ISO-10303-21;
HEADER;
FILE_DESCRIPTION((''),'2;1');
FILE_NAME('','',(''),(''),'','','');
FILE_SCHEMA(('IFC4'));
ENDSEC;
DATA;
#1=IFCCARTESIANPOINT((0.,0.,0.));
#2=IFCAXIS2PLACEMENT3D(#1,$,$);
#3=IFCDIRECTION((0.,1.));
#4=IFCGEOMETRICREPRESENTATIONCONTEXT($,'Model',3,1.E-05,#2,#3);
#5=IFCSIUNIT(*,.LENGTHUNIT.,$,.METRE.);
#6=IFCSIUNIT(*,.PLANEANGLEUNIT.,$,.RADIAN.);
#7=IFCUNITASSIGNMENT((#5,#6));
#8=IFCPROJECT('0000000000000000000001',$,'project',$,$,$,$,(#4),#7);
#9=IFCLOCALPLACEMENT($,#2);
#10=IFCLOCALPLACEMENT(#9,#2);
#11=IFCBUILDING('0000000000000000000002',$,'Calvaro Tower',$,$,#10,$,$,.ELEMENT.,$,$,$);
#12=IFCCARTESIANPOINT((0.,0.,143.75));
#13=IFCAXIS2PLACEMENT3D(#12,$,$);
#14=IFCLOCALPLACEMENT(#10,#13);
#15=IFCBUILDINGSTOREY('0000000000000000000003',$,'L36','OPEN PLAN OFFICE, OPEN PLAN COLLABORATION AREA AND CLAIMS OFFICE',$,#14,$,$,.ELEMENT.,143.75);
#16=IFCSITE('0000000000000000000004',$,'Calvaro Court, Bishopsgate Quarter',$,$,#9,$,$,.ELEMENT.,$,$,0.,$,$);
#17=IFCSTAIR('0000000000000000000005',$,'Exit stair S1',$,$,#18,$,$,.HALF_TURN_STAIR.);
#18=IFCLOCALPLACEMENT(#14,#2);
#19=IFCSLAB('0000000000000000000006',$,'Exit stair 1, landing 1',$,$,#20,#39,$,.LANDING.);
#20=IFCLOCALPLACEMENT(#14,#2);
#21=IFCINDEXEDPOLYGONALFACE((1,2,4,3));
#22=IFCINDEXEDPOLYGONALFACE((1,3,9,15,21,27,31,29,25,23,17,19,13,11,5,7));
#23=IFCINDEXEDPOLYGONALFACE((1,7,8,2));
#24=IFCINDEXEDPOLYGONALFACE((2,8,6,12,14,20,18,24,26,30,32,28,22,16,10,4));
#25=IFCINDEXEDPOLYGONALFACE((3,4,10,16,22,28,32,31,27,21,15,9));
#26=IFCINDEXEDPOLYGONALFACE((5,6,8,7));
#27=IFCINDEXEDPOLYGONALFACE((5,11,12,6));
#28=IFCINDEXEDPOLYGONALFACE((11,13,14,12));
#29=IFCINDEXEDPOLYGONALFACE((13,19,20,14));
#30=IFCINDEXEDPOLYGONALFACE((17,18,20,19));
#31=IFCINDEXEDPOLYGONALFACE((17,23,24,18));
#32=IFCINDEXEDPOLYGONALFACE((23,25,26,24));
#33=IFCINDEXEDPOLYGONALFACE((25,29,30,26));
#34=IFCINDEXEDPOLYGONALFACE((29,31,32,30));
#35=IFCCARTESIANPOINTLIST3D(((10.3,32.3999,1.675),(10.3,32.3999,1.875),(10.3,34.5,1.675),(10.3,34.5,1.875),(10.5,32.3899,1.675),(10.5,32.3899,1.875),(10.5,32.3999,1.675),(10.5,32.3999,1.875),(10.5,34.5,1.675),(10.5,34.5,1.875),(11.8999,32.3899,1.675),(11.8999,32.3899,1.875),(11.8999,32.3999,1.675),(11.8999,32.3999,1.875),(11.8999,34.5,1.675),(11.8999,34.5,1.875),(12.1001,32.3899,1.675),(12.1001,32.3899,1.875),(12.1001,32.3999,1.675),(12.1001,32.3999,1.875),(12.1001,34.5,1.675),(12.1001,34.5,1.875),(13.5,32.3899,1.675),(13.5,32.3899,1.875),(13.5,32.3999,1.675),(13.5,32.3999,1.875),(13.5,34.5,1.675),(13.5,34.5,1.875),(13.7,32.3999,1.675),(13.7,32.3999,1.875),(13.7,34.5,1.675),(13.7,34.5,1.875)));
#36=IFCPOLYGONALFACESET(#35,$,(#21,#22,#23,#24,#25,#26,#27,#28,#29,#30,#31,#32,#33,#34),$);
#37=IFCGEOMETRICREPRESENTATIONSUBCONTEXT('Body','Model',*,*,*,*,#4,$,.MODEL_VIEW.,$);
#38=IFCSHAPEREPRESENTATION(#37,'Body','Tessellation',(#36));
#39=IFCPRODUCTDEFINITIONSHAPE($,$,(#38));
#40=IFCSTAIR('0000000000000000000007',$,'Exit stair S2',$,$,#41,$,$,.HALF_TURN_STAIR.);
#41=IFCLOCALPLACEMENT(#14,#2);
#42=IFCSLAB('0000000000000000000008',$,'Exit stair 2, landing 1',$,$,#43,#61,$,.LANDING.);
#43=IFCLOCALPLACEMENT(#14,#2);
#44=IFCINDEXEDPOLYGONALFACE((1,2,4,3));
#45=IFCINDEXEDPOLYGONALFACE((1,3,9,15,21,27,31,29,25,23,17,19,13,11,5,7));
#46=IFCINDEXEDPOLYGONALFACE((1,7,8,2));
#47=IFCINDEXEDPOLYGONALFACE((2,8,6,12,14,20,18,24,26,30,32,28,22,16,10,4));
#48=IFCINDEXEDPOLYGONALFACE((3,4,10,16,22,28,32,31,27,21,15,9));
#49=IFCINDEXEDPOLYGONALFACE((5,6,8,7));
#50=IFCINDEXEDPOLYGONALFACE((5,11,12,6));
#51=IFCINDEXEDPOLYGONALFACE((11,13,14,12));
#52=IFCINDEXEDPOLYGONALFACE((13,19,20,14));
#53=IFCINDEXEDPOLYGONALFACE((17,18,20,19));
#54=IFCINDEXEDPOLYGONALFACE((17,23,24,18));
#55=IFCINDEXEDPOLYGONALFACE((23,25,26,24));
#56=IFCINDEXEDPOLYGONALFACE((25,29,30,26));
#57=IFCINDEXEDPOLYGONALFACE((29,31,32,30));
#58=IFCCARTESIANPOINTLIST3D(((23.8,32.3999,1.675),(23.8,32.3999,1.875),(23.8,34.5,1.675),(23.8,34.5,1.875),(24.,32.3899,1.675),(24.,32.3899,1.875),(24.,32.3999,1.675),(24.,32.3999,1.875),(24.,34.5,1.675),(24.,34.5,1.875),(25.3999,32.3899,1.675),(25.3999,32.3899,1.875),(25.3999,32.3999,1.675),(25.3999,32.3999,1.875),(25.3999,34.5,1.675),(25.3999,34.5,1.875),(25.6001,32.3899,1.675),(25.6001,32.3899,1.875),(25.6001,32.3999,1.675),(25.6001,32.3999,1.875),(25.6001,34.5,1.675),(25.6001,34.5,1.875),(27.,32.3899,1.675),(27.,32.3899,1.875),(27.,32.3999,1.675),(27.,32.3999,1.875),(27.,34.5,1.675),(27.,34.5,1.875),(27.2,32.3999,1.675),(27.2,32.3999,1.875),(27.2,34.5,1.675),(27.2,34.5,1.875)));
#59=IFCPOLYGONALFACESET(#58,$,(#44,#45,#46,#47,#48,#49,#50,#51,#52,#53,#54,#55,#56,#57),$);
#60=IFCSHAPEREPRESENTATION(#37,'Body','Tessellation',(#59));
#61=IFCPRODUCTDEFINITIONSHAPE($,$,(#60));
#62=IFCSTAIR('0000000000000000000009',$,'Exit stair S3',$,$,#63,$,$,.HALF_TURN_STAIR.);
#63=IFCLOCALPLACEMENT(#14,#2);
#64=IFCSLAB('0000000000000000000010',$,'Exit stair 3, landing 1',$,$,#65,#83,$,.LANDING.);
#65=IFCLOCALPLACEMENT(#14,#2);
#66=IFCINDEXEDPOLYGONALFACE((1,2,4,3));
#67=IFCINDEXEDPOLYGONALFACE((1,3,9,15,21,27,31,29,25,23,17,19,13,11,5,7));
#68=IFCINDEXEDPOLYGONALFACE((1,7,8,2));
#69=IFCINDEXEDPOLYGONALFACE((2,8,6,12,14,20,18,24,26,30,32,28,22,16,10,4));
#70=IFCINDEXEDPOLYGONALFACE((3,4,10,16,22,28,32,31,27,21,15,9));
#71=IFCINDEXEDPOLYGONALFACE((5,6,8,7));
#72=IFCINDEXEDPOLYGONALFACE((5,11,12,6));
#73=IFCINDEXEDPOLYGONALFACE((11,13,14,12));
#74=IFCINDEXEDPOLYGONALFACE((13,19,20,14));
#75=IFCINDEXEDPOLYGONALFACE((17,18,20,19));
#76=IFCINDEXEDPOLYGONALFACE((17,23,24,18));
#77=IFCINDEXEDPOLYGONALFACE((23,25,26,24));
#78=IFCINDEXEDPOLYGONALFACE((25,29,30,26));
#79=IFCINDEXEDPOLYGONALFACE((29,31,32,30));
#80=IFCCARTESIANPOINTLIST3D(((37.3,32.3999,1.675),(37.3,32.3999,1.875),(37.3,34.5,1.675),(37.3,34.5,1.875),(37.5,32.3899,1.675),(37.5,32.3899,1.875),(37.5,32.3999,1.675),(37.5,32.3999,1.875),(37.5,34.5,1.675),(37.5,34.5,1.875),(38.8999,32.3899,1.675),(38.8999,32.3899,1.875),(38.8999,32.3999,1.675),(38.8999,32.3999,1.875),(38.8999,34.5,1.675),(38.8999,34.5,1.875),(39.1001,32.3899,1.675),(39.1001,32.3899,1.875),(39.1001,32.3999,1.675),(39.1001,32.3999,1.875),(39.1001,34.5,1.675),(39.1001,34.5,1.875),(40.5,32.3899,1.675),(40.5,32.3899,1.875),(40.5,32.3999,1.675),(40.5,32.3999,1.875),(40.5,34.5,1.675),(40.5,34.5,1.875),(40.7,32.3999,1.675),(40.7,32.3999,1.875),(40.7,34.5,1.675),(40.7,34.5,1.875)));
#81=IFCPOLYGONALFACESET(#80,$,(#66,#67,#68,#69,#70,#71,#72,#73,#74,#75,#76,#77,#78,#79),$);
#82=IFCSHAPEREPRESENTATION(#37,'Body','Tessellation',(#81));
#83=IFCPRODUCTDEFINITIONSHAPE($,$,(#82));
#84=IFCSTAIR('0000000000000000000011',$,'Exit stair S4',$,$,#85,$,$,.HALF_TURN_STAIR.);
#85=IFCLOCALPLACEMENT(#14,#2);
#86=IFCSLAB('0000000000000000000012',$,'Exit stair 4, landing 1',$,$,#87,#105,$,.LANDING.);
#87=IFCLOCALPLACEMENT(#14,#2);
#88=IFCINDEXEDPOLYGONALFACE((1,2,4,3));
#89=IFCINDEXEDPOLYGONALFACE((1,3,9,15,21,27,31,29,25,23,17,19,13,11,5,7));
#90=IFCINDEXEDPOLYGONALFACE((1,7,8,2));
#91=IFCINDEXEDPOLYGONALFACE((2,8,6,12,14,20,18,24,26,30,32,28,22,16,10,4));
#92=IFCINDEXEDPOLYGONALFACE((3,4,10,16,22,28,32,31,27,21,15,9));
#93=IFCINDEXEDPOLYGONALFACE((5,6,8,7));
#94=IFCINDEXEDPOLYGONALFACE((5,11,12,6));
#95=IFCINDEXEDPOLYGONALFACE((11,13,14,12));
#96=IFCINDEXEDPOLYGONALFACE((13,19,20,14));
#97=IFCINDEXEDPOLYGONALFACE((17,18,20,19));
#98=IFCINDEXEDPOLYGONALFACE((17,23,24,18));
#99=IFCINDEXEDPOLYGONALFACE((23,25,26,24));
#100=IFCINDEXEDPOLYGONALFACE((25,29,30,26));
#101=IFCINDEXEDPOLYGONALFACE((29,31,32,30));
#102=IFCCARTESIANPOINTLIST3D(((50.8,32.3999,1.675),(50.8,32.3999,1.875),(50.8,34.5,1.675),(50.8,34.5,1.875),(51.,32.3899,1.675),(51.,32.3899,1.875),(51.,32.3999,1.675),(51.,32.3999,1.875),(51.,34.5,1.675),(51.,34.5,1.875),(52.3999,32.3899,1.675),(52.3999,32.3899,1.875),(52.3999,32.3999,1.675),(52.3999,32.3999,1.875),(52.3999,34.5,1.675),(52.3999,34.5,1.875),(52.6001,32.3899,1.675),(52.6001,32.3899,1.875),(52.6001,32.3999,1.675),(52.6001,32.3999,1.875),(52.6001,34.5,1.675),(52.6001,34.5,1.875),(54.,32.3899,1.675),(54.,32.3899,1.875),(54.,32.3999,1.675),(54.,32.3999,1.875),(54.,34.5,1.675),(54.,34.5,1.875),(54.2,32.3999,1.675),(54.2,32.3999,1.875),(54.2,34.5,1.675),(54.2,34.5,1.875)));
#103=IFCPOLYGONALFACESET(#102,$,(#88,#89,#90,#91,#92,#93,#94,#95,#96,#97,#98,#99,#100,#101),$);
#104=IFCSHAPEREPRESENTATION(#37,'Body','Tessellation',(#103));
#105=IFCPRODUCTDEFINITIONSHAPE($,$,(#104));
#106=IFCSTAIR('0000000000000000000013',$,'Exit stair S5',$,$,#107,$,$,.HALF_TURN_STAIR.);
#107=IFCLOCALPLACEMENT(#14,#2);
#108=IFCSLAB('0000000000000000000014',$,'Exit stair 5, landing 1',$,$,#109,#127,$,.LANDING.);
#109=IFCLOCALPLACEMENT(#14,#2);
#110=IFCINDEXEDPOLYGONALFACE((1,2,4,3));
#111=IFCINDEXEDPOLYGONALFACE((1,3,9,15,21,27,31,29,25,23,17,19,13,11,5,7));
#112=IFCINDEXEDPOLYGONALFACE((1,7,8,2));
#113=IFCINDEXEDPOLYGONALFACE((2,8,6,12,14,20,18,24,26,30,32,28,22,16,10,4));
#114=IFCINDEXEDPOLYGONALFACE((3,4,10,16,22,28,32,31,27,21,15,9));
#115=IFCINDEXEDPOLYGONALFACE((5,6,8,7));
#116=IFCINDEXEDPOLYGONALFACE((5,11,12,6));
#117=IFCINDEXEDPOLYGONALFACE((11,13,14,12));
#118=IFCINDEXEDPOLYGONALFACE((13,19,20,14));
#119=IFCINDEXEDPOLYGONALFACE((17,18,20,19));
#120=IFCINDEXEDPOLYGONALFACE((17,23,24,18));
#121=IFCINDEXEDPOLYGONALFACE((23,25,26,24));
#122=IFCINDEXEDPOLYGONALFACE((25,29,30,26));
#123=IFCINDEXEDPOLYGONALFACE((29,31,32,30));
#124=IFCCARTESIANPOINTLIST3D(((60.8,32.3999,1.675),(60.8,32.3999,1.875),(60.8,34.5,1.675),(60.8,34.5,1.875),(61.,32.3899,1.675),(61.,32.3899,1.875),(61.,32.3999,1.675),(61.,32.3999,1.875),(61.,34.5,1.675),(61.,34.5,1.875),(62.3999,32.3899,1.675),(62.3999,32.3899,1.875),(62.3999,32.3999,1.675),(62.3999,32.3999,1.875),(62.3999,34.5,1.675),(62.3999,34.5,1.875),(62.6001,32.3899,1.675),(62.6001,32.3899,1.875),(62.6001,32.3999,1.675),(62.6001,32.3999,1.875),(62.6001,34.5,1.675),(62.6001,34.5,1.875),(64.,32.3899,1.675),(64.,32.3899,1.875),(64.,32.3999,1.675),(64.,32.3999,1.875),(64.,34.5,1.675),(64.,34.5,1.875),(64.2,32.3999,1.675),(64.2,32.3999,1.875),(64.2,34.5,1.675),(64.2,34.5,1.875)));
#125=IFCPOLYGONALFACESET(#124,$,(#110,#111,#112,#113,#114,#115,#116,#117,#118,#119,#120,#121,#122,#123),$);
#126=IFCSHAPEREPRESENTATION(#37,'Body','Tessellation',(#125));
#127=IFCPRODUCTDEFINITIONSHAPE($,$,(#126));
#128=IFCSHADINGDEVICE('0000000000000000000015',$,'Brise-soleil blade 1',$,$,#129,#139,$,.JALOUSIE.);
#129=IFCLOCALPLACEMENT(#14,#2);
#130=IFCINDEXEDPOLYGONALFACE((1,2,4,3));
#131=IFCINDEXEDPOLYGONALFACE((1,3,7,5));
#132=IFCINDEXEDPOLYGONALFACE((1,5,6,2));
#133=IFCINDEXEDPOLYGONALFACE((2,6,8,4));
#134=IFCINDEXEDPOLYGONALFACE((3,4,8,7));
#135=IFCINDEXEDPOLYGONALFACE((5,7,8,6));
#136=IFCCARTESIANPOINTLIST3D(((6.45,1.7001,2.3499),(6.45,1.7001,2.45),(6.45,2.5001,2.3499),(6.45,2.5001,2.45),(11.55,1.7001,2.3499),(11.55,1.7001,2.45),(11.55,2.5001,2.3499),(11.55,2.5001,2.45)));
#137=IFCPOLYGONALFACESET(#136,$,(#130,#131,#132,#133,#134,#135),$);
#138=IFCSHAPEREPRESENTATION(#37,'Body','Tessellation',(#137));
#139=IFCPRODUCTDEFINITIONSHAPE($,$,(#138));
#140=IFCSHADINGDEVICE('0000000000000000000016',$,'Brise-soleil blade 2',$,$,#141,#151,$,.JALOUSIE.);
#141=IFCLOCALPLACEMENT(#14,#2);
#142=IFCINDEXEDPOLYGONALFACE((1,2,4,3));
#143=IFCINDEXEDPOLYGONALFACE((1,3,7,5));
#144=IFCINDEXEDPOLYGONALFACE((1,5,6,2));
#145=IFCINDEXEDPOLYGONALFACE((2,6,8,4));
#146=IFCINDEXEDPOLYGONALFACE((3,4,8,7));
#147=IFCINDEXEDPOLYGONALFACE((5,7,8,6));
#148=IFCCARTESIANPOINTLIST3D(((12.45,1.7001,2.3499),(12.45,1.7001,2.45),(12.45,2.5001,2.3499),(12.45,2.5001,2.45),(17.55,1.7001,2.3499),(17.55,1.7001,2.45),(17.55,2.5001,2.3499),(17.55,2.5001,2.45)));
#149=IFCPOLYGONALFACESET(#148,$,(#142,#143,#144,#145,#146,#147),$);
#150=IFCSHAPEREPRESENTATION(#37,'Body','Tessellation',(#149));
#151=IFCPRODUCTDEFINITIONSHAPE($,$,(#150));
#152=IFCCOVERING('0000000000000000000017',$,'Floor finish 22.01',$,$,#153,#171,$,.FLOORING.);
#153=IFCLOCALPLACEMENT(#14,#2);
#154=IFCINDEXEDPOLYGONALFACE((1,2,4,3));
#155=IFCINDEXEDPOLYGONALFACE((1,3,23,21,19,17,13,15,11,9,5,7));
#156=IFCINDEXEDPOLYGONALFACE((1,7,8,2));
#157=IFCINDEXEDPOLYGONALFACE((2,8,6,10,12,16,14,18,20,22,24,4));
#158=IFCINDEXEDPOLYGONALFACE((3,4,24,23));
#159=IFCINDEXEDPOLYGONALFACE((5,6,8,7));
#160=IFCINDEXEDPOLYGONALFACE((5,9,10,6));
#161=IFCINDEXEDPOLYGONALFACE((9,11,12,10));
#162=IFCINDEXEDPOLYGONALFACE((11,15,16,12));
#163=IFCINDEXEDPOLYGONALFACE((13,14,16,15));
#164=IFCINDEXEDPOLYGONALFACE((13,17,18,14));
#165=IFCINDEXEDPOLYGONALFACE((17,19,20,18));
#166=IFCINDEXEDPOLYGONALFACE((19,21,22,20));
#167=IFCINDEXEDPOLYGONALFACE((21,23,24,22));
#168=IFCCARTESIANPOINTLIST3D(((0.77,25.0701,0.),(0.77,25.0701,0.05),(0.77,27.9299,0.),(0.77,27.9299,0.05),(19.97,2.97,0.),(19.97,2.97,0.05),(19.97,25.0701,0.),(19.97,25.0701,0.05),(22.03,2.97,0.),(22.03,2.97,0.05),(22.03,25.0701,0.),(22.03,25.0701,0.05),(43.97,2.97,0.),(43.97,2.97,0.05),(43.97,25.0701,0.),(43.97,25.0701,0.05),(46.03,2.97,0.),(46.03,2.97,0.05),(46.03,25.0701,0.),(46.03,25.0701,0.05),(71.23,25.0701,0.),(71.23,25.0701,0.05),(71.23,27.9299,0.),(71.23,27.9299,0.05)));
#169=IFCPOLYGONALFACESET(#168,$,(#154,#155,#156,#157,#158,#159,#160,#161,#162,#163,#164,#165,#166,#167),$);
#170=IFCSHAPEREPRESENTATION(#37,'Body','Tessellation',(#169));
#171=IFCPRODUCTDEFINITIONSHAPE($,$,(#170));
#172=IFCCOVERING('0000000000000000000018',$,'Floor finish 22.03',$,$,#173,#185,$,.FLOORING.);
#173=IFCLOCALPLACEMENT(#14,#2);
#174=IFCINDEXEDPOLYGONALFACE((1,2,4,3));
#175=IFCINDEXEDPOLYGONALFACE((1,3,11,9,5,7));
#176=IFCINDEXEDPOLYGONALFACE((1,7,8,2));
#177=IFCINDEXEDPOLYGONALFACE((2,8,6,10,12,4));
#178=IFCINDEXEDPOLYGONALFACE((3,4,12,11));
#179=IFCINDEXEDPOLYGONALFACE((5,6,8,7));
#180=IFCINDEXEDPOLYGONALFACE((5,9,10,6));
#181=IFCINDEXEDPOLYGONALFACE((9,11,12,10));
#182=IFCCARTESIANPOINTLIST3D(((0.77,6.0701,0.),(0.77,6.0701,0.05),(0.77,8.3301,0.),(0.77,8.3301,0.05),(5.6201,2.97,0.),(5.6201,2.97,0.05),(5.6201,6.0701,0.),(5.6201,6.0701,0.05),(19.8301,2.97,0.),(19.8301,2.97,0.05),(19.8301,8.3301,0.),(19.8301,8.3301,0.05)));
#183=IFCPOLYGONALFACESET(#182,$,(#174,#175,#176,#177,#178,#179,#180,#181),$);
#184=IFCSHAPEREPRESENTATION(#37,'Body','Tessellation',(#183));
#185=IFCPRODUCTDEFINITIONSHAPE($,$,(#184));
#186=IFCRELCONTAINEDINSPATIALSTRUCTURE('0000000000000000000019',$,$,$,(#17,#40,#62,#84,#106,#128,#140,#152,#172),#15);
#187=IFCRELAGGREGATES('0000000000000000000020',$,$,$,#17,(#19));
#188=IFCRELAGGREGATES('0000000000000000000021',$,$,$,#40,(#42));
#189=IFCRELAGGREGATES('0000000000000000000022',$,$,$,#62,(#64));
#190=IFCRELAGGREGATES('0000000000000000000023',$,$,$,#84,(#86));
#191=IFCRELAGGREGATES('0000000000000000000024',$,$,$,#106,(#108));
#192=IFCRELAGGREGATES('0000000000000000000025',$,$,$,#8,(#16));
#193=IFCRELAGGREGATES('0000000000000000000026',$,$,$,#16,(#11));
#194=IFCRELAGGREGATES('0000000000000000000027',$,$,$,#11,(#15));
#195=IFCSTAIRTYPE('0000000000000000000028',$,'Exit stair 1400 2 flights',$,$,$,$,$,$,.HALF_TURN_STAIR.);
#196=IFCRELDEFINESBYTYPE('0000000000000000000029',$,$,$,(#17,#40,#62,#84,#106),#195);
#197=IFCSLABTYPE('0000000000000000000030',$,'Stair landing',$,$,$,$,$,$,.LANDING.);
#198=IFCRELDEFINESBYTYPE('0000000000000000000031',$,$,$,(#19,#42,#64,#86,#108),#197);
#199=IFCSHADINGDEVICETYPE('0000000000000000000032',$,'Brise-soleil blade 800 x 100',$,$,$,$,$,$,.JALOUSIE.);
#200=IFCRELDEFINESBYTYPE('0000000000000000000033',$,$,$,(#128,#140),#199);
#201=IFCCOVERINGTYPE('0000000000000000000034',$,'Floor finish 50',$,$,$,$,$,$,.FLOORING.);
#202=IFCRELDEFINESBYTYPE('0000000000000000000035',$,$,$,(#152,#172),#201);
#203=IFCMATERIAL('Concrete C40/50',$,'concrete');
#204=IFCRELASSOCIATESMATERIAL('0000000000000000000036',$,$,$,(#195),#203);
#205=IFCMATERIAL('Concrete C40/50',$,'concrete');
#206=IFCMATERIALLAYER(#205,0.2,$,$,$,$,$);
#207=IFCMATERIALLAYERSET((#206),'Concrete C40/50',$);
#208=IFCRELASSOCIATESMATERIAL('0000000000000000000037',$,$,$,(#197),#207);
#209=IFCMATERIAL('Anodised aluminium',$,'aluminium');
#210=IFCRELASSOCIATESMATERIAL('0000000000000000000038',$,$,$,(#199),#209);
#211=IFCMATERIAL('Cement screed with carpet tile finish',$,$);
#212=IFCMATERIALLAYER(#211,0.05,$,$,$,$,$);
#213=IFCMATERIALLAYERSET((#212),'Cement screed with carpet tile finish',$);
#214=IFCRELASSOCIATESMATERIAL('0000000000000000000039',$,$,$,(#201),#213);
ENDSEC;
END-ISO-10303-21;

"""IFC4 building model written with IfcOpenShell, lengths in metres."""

from ifc_helpers import new_model, si_unit, direction, frame, origin, origin_2d, place, context, subcontext, project, spatial, polyline, rectangle, outline, extrude, material, layer, layer_set, material_profile, profile_set, type_object, element, aggregate, save


model = new_model("IFC4")

# Units and contexts
model_context = context("Model", 3, precision=1e-05, world=origin(), true_north=direction((0.0, 1.0)))
body_context = subcontext(model_context, "Body", "Model", "MODEL_VIEW")
ifc_project = project(units=[si_unit("LENGTHUNIT", "METRE"), si_unit("PLANEANGLEUNIT", "RADIAN")], contexts=[model_context])

# Site, building, storey
site_placement = place(None, origin())
site = spatial("IfcSite", under=ifc_project, at=site_placement, Name="Calvaro Court, Bishopsgate Quarter", CompositionType="ELEMENT", RefElevation=0.0)
building_placement = place(site_placement, origin())
building = spatial("IfcBuilding", under=site, at=building_placement, Name="Calvaro Tower", CompositionType="ELEMENT")
storey_placement = place(building_placement, frame((0.0, 0.0, 143.75)))
storey = spatial("IfcBuildingStorey", under=building, at=storey_placement, Name="L36", Description="OPEN PLAN OFFICE, OPEN PLAN COLLABORATION AREA AND CLAIMS OFFICE", CompositionType="ELEMENT", Elevation=143.75)

# Stairs, slabs
ifc_material_1 = material(Name="Concrete C40/50", Category="concrete")
stair_type = type_object("IfcStairType", Name="Exit stair 1400 2 flights", PredefinedType="HALF_TURN_STAIR", material=ifc_material_1)
stair_1_placement = place(storey_placement, origin())
stair_1 = element("IfcStair", 1, at=stair_1_placement, inside=storey, type_object=stair_type, Name="Exit stair S1", PredefinedType="HALF_TURN_STAIR")
ifc_material_2 = material(Name="Concrete C40/50", Category="concrete")
ifc_layer_1 = layer(ifc_material_2, 0.2)
ifc_layer_set_1 = layer_set([ifc_layer_1], Name="Concrete C40/50")
slab_type_1 = type_object("IfcSlabType", Name="Stair landing", PredefinedType="LANDING", material=ifc_layer_set_1)
slab_1_placement = place(storey_placement, frame((0.0, 0.0, 1.675)))
slab_1 = element("IfcSlab", 2, at=slab_1_placement, type_object=slab_type_1, Name="Exit stair 1, landing 1", PredefinedType="LANDING", context=body_context, shape_type="SweptSolid", body=[
    extrude(outline(polyline([(11.8999, 32.3899), (10.5, 32.3899), (10.5, 32.3999), (10.3, 32.3999), (10.3, 34.5), (10.5, 34.5), (11.8999, 34.5), (12.1001, 34.5), (13.5, 34.5), (13.7, 34.5), (13.7, 32.3999), (13.5, 32.3999), (13.5, 32.3899), (12.1001, 32.3899), (12.1001, 32.3999), (11.8999, 32.3999), (11.8999, 32.3899)])), origin(), (0.0, 0.0, 1.0), 0.2),
])
aggregate(stair_1, [slab_1])
stair_2_placement = place(storey_placement, origin())
stair_2 = element("IfcStair", 3, at=stair_2_placement, inside=storey, type_object=stair_type, Name="Exit stair S2", PredefinedType="HALF_TURN_STAIR")
slab_2_placement = place(storey_placement, frame((0.0, 0.0, 1.675)))
slab_2 = element("IfcSlab", 4, at=slab_2_placement, type_object=slab_type_1, Name="Exit stair 2, landing 1", PredefinedType="LANDING", context=body_context, shape_type="SweptSolid", body=[
    extrude(outline(polyline([(25.3999, 32.3899), (24.0, 32.3899), (24.0, 32.3999), (23.8, 32.3999), (23.8, 34.5), (24.0, 34.5), (25.3999, 34.5), (25.6001, 34.5), (27.0, 34.5), (27.2, 34.5), (27.2, 32.3999), (27.0, 32.3999), (27.0, 32.3899), (25.6001, 32.3899), (25.6001, 32.3999), (25.3999, 32.3999), (25.3999, 32.3899)])), origin(), (0.0, 0.0, 1.0), 0.2),
])
aggregate(stair_2, [slab_2])
stair_3_placement = place(storey_placement, origin())
stair_3 = element("IfcStair", 5, at=stair_3_placement, inside=storey, type_object=stair_type, Name="Exit stair S3", PredefinedType="HALF_TURN_STAIR")
slab_3_placement = place(storey_placement, frame((0.0, 0.0, 1.675)))
slab_3 = element("IfcSlab", 6, at=slab_3_placement, type_object=slab_type_1, Name="Exit stair 3, landing 1", PredefinedType="LANDING", context=body_context, shape_type="SweptSolid", body=[
    extrude(outline(polyline([(38.8999, 32.3899), (37.5, 32.3899), (37.5, 32.3999), (37.3, 32.3999), (37.3, 34.5), (37.5, 34.5), (38.8999, 34.5), (39.1001, 34.5), (40.5, 34.5), (40.7, 34.5), (40.7, 32.3999), (40.5, 32.3999), (40.5, 32.3899), (39.1001, 32.3899), (39.1001, 32.3999), (38.8999, 32.3999), (38.8999, 32.3899)])), origin(), (0.0, 0.0, 1.0), 0.2),
])
aggregate(stair_3, [slab_3])
stair_4_placement = place(storey_placement, origin())
stair_4 = element("IfcStair", 7, at=stair_4_placement, inside=storey, type_object=stair_type, Name="Exit stair S4", PredefinedType="HALF_TURN_STAIR")
slab_4_placement = place(storey_placement, frame((0.0, 0.0, 1.675)))
slab_4 = element("IfcSlab", 8, at=slab_4_placement, type_object=slab_type_1, Name="Exit stair 4, landing 1", PredefinedType="LANDING", context=body_context, shape_type="SweptSolid", body=[
    extrude(outline(polyline([(52.3999, 32.3899), (51.0, 32.3899), (51.0, 32.3999), (50.8, 32.3999), (50.8, 34.5), (51.0, 34.5), (52.3999, 34.5), (52.6001, 34.5), (54.0, 34.5), (54.2, 34.5), (54.2, 32.3999), (54.0, 32.3999), (54.0, 32.3899), (52.6001, 32.3899), (52.6001, 32.3999), (52.3999, 32.3999), (52.3999, 32.3899)])), origin(), (0.0, 0.0, 1.0), 0.2),
])
aggregate(stair_4, [slab_4])
stair_5_placement = place(storey_placement, origin())
stair_5 = element("IfcStair", 9, at=stair_5_placement, inside=storey, type_object=stair_type, Name="Exit stair S5", PredefinedType="HALF_TURN_STAIR")
slab_5_placement = place(storey_placement, frame((0.0, 0.0, 1.675)))
slab_5 = element("IfcSlab", 10, at=slab_5_placement, type_object=slab_type_1, Name="Exit stair 5, landing 1", PredefinedType="LANDING", context=body_context, shape_type="SweptSolid", body=[
    extrude(outline(polyline([(62.3999, 32.3899), (61.0, 32.3899), (61.0, 32.3999), (60.8, 32.3999), (60.8, 34.5), (61.0, 34.5), (62.3999, 34.5), (62.6001, 34.5), (64.0, 34.5), (64.2, 34.5), (64.2, 32.3999), (64.0, 32.3999), (64.0, 32.3899), (62.6001, 32.3899), (62.6001, 32.3999), (62.3999, 32.3999), (62.3999, 32.3899)])), origin(), (0.0, 0.0, 1.0), 0.2),
])
aggregate(stair_5, [slab_5])

# Shading devices
ifc_material_3 = material(Name="Anodised aluminium", Category="aluminium")
ifc_material_profile_1 = material_profile(ifc_material_3, rectangle(XDim=0.8, YDim=0.1001, at=origin_2d()), Name="Brise-soleil blade 800 x 100")
ifc_profile_set_1 = profile_set([ifc_material_profile_1], Name="Anodised aluminium")
shading_device_type = type_object("IfcShadingDeviceType", Name="Brise-soleil blade 800 x 100", PredefinedType="JALOUSIE", material=ifc_profile_set_1)
for number, where, z_axis, x_axis, name in (
    (11, (6.45, 2.1001, 2.3999), (1.0, 0.0, 0.0), (0.0, 1.0, 0.0), "Brise-soleil blade 1"),
    (12, (12.45, 2.1001, 2.3999), (1.0, 0.0, 0.0), (0.0, 1.0, 0.0), "Brise-soleil blade 2"),
):
    element("IfcShadingDevice", number, at=place(storey_placement, frame(where, z_axis=z_axis, x_axis=x_axis)), inside=storey, type_object=shading_device_type, Name=name, PredefinedType="JALOUSIE", context=body_context, shape_type="SweptSolid", body=[
        extrude(rectangle(XDim=0.8, YDim=0.1001, at=origin_2d()), origin(), (0.0, 0.0, 1.0), 5.1001),
    ])

# Coverings
ifc_material_4 = material(Name="Cement screed with carpet tile finish")
ifc_layer_2 = layer(ifc_material_4, 0.05)
ifc_layer_set_2 = layer_set([ifc_layer_2], Name="Cement screed with carpet tile finish")
covering_type = type_object("IfcCoveringType", Name="Floor finish 50", PredefinedType="FLOORING", material=ifc_layer_set_2)
covering_1_placement = place(storey_placement, origin())
element("IfcCovering", 13, at=covering_1_placement, inside=storey, type_object=covering_type, Name="Floor finish 22.01", PredefinedType="FLOORING", context=body_context, shape_type="SweptSolid", body=[
    extrude(outline(polyline([(19.97, 2.97), (19.97, 25.0701), (0.77, 25.0701), (0.77, 27.9299), (71.23, 27.9299), (71.23, 25.0701), (46.03, 25.0701), (46.03, 2.97), (43.97, 2.97), (43.97, 25.0701), (22.03, 25.0701), (22.03, 2.97), (19.97, 2.97)])), origin(), (0.0, 0.0, 1.0), 0.05),
])
covering_2_placement = place(storey_placement, origin())
element("IfcCovering", 14, at=covering_2_placement, inside=storey, type_object=covering_type, Name="Floor finish 22.03", PredefinedType="FLOORING", context=body_context, shape_type="SweptSolid", body=[
    extrude(outline(polyline([(19.8301, 8.3301), (19.8301, 2.97), (5.6201, 2.97), (5.6201, 6.0701), (0.77, 6.0701), (0.77, 8.3301), (19.8301, 8.3301)])), origin(), (0.0, 0.0, 1.0), 0.05),
])

save(model, "model.ifc")
